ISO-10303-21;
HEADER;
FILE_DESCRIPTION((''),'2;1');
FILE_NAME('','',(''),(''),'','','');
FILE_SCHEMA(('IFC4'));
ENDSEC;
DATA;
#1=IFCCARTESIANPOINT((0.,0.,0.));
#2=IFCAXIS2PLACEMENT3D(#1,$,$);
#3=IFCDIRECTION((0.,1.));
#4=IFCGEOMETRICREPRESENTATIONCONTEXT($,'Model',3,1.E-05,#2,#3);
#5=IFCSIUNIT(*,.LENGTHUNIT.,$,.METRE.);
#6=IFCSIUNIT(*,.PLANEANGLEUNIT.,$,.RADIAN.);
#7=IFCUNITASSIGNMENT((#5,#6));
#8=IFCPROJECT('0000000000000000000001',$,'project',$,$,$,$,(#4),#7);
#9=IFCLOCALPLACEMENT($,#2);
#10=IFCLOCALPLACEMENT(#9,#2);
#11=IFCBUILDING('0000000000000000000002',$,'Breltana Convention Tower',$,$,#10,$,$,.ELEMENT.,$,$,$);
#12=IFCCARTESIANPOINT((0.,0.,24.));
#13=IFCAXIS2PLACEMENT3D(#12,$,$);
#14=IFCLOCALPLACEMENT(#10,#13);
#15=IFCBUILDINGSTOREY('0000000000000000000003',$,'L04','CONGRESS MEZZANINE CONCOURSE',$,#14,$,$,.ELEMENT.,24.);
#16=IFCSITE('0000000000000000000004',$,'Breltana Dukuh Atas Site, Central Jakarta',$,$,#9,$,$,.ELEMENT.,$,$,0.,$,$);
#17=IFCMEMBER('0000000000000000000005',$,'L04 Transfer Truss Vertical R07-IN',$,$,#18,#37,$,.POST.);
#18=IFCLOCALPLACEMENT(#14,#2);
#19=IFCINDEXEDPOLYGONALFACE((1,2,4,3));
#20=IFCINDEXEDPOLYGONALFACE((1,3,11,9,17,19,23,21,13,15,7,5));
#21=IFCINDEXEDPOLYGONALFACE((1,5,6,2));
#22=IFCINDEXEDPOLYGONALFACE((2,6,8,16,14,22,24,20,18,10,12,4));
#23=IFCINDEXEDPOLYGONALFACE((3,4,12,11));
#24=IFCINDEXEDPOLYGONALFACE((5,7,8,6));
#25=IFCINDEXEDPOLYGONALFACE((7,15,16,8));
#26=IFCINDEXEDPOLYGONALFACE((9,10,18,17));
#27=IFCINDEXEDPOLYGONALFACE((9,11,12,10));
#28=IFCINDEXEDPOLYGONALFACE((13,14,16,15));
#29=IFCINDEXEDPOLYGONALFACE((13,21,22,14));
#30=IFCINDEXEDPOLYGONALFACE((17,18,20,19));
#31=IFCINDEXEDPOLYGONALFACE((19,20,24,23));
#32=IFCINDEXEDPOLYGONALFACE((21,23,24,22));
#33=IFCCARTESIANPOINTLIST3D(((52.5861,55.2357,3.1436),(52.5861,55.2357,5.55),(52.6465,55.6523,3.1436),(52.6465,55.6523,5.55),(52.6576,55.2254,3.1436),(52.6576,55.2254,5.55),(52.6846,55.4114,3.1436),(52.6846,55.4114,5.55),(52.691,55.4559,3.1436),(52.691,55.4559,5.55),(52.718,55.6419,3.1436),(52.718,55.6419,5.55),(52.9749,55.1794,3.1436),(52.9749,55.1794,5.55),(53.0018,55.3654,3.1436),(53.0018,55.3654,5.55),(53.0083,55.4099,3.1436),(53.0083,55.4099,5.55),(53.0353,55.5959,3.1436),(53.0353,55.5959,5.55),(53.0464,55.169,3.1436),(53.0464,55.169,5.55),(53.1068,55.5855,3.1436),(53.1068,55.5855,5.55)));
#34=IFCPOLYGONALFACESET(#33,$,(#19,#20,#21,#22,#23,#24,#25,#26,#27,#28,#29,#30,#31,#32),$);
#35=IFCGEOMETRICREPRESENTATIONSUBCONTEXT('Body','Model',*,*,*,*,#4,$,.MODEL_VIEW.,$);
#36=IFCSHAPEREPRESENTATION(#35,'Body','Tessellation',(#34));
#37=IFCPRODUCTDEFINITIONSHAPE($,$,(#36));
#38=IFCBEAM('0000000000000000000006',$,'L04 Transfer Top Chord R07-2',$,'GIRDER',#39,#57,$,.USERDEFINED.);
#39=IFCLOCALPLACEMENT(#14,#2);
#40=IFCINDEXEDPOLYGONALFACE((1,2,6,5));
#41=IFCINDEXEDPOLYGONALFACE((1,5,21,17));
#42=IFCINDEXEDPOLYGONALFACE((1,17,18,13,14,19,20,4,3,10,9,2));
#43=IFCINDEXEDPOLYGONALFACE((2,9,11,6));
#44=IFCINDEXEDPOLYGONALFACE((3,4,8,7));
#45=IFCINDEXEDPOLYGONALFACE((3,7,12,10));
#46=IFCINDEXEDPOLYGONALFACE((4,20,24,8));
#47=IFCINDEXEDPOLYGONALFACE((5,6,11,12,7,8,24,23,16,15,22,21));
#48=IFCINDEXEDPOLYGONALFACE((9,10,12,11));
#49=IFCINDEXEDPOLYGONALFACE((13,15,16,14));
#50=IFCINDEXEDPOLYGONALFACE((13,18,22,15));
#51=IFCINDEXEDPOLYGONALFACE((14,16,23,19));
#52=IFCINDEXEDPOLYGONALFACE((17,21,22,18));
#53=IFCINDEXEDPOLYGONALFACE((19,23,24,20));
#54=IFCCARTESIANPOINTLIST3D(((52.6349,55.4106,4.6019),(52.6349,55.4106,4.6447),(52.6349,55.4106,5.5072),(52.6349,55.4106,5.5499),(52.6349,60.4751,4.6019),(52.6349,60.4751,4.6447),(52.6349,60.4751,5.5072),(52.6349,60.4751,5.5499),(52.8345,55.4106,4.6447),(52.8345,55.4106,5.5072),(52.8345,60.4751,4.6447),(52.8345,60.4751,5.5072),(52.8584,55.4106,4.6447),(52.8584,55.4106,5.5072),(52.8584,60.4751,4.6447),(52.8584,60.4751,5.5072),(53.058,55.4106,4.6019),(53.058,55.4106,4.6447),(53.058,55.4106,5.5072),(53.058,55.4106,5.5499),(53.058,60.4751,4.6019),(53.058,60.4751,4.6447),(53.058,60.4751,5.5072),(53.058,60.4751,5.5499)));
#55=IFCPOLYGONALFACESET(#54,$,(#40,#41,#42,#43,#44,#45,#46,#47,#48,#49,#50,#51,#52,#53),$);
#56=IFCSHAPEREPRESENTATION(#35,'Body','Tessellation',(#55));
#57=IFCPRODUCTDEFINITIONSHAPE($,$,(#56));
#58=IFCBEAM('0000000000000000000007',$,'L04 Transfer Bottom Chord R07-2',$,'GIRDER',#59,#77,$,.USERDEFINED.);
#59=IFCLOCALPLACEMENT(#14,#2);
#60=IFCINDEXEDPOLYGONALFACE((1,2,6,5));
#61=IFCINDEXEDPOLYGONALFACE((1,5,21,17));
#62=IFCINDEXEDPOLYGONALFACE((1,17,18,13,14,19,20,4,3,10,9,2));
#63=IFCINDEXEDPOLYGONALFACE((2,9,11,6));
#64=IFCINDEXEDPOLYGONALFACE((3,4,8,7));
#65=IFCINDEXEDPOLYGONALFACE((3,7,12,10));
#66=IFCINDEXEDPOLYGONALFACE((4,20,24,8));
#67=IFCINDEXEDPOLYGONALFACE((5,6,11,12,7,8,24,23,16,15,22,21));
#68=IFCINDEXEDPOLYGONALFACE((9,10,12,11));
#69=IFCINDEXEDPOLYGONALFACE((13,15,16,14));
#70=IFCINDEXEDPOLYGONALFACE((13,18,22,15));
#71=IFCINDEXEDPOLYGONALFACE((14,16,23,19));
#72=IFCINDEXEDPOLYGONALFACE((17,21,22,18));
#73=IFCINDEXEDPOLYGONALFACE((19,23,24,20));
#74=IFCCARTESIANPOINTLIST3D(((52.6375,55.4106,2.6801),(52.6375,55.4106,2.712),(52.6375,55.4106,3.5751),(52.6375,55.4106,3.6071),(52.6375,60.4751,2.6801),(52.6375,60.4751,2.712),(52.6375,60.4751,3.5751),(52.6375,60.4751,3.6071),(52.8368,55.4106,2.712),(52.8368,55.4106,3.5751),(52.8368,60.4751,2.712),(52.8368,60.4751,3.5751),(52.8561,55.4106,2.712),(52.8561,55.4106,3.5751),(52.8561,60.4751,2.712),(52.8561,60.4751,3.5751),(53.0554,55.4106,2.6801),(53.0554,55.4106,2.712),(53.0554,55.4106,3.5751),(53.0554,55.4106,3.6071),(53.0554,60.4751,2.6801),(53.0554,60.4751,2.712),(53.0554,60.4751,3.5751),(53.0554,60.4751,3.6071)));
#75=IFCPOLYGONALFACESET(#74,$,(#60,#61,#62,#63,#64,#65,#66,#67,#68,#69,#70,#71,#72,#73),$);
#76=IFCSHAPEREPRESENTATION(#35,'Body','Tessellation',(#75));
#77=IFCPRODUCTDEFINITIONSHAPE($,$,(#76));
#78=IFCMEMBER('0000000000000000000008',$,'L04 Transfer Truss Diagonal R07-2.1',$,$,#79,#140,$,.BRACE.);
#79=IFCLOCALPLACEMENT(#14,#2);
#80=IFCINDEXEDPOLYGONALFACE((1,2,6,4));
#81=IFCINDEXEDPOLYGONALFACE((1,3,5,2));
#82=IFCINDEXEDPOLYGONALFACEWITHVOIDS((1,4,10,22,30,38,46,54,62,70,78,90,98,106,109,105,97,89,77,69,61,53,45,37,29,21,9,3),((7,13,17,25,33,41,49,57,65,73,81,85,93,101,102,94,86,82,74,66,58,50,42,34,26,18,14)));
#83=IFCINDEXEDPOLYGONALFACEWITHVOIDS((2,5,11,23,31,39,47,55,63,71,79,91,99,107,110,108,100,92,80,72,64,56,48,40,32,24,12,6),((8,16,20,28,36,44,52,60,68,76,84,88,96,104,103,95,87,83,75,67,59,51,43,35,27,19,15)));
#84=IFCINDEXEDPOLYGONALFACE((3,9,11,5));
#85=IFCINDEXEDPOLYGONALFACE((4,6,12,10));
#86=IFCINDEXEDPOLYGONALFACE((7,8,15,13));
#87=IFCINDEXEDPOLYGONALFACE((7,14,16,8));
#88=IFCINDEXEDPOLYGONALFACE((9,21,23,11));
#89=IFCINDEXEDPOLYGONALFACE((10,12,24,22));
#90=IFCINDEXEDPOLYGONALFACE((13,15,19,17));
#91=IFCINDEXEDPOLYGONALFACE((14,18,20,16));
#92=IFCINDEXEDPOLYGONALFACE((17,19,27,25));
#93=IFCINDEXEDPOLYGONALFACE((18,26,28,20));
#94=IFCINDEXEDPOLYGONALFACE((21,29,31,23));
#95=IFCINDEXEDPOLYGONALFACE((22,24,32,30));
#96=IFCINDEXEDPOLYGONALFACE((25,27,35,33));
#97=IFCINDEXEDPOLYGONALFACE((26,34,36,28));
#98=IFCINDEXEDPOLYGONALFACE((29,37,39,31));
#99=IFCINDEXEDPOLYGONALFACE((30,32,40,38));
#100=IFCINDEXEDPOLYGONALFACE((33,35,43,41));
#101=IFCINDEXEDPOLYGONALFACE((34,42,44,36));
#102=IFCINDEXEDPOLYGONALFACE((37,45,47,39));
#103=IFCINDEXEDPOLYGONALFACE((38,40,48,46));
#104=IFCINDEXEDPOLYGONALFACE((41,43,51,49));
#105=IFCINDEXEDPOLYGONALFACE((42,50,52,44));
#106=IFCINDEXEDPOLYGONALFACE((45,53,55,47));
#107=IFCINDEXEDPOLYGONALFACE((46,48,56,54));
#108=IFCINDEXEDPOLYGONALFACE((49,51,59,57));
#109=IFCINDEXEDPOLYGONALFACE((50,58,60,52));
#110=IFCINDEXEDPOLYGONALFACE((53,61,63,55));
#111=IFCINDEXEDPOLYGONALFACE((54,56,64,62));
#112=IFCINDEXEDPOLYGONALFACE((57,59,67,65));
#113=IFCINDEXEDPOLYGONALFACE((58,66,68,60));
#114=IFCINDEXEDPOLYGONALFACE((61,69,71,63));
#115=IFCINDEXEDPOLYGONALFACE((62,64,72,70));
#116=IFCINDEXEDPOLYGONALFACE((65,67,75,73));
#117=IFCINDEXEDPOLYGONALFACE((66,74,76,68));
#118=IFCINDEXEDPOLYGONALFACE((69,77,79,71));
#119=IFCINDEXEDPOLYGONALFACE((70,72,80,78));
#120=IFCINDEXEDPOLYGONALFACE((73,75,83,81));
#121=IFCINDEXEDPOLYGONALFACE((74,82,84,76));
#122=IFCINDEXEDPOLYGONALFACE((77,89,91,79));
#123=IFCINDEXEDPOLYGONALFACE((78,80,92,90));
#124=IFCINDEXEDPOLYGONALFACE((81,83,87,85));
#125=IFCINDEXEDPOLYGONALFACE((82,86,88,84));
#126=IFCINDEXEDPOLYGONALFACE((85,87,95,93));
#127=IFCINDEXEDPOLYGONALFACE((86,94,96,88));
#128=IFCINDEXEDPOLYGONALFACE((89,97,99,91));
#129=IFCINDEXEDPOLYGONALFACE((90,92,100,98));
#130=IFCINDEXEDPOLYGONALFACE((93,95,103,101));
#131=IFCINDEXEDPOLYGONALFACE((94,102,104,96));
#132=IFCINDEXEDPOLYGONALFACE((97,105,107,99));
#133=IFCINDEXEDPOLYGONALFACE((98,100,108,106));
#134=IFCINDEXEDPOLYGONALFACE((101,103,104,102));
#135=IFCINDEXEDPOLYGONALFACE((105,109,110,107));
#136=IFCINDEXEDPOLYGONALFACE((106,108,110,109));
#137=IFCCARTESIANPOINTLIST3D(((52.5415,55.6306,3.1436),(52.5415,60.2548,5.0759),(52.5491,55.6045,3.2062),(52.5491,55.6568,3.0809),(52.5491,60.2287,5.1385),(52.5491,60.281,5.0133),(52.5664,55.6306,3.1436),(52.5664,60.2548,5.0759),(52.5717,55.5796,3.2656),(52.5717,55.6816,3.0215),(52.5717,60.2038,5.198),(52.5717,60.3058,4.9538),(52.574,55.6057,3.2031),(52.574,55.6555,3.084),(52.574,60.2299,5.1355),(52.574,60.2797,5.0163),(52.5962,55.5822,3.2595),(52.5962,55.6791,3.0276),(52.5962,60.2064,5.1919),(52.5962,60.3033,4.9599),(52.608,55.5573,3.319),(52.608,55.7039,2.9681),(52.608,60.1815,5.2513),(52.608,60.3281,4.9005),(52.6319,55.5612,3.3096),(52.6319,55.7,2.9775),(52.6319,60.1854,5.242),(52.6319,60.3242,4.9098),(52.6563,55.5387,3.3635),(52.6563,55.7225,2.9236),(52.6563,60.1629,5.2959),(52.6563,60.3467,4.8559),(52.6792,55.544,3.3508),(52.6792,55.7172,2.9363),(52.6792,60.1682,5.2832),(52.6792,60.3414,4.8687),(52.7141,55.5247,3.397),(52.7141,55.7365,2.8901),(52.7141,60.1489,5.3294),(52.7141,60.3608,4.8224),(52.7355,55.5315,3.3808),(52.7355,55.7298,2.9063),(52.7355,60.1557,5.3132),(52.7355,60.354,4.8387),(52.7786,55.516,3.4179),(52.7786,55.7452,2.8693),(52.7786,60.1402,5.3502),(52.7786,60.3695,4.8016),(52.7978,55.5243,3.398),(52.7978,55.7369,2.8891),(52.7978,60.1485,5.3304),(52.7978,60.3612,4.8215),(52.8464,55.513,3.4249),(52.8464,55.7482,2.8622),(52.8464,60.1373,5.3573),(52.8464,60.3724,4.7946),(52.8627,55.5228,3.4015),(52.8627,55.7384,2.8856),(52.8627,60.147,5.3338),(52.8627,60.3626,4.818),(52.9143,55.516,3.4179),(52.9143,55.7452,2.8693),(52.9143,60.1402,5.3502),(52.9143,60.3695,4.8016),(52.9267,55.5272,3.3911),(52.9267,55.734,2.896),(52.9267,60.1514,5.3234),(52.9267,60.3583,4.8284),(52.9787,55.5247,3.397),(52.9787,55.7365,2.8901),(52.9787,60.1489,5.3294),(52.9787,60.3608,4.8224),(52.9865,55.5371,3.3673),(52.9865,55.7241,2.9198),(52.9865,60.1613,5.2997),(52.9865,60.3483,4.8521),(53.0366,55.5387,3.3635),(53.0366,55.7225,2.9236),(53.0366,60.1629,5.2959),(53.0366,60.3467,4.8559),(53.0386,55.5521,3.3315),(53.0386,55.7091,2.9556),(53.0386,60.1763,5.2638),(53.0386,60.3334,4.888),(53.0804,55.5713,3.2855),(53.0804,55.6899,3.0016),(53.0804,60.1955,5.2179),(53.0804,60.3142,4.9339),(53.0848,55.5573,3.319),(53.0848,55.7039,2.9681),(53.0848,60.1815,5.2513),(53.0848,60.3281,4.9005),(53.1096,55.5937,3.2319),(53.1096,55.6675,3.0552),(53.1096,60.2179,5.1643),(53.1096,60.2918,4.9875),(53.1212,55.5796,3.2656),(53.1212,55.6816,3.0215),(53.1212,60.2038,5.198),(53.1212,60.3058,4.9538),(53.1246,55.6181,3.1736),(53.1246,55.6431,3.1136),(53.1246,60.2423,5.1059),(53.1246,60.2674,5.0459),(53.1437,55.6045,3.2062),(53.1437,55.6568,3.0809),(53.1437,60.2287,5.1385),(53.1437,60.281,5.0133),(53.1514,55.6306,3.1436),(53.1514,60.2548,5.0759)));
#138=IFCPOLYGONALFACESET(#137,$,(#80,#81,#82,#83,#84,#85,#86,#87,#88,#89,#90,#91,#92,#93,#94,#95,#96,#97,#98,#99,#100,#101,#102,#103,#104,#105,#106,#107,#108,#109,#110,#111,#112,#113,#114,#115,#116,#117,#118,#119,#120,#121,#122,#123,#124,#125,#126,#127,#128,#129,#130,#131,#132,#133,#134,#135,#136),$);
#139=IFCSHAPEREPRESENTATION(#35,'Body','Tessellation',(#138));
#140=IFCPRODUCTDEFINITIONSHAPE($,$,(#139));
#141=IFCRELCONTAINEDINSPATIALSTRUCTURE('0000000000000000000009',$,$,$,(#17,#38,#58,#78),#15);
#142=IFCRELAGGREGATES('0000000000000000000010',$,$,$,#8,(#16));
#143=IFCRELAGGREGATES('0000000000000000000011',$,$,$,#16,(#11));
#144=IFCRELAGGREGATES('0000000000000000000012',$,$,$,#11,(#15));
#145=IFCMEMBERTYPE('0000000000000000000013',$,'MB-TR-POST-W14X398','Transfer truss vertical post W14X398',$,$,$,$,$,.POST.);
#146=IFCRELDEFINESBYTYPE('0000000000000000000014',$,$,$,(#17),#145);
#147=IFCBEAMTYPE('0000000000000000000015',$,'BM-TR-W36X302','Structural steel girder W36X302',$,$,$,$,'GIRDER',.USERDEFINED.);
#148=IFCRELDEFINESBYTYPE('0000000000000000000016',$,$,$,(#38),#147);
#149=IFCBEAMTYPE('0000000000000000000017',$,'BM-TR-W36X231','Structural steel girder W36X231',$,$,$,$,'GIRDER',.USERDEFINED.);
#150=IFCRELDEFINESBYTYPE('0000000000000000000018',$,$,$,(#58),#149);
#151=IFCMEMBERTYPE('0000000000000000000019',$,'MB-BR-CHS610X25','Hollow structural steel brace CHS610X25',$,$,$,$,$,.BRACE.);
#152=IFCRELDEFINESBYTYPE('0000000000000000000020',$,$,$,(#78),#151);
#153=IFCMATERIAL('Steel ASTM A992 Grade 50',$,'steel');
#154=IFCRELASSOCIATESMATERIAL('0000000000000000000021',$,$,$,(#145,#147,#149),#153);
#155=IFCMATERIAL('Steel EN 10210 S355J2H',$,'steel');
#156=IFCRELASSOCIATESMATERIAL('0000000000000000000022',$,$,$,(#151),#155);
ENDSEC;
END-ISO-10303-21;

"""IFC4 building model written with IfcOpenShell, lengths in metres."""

from ifc_helpers import new_model, si_unit, direction, frame, origin, origin_2d, place, context, subcontext, project, spatial, hollow_circle, i_section, extrude, source, transform, mapped, material, material_profile, profile_set, type_object, type_shapes, element, save


model = new_model("IFC4")

# Units and contexts
model_context = context("Model", 3, precision=1e-05, world=origin(), true_north=direction((0.0, 1.0)))
body_context = subcontext(model_context, "Body", "Model", "MODEL_VIEW")
ifc_project = project(units=[si_unit("LENGTHUNIT", "METRE"), si_unit("PLANEANGLEUNIT", "RADIAN")], contexts=[model_context])

# Site, building, storey
site_placement = place(None, origin())
site = spatial("IfcSite", under=ifc_project, at=site_placement, Name="Breltana Dukuh Atas Site, Central Jakarta", CompositionType="ELEMENT", RefElevation=0.0)
building_placement = place(site_placement, origin())
building = spatial("IfcBuilding", under=site, at=building_placement, Name="Breltana Convention Tower", CompositionType="ELEMENT")
storey_placement = place(building_placement, frame((0.0, 0.0, 24.0)))
storey = spatial("IfcBuildingStorey", under=building, at=storey_placement, Name="L04", Description="CONGRESS MEZZANINE CONCOURSE", CompositionType="ELEMENT", Elevation=24.0)

# Member
ifc_material_1 = material(Name="Steel ASTM A992 Grade 50", Category="steel")
ifc_material_profile_1 = material_profile(ifc_material_1, i_section(OverallWidth=0.4209, OverallDepth=0.4651, WebThickness=0.0449, FlangeThickness=0.0723, at=origin_2d()), Name="W14X398")
ifc_profile_set_1 = profile_set([ifc_material_profile_1], Name="Steel ASTM A992 Grade 50")
member_type_1 = type_object("IfcMemberType", Name="MB-TR-POST-W14X398", Description="Transfer truss vertical post W14X398", PredefinedType="POST", material=ifc_profile_set_1)
shared_shape_1 = source(origin(), body_context, "Body", "SweptSolid", [
    extrude(i_section(OverallWidth=0.4209, OverallDepth=0.4651, WebThickness=0.0449, FlangeThickness=0.0723, at=origin_2d()), origin(), (0.0, 0.0, 1.0), 2.4065),
])
type_shapes(member_type_1, [shared_shape_1])
member_1_placement = place(storey_placement, frame((52.8464, 55.4106, 3.1436), z_axis=(0.0, 0.0, 1.0), x_axis=(0.143493, 0.989651, 0.0)))
element("IfcMember", 1, at=member_1_placement, inside=storey, type_object=member_type_1, Name="L04 Transfer Truss Vertical R07-IN", PredefinedType="POST", context=body_context, shape_type="MappedRepresentation", body=[
    mapped(shared_shape_1, transform((0.0, 0.0, 0.0), scale=1.0)),
])

# Beams
ifc_material_profile_2 = material_profile(ifc_material_1, i_section(OverallWidth=0.4231, OverallDepth=0.948, WebThickness=0.0239, FlangeThickness=0.0427, at=origin_2d()), Name="W36X302")
ifc_profile_set_2 = profile_set([ifc_material_profile_2], Name="Steel ASTM A992 Grade 50")
beam_type_1 = type_object("IfcBeamType", Name="BM-TR-W36X302", Description="Structural steel girder W36X302", ElementType="GIRDER", PredefinedType="USERDEFINED", material=ifc_profile_set_2)
shared_shape_2 = source(origin(), body_context, "Body", "SweptSolid", [
    extrude(i_section(OverallWidth=0.4231, OverallDepth=0.948, WebThickness=0.0239, FlangeThickness=0.0427, at=origin_2d()), origin(), (0.0, 0.0, 1.0), 5.0645),
])
beam_1_placement = place(storey_placement, frame((52.8464, 55.4106, 5.0759), z_axis=(0.0, 1.0, 0.0), x_axis=(-1.0, 0.0, 0.0)))
element("IfcBeam", 2, at=beam_1_placement, inside=storey, type_object=beam_type_1, Name="L04 Transfer Top Chord R07-2", ObjectType="GIRDER", PredefinedType="USERDEFINED", context=body_context, shape_type="MappedRepresentation", body=[
    mapped(shared_shape_2, transform((0.0, 0.0, 0.0), scale=1.0)),
])
ifc_material_profile_3 = material_profile(ifc_material_1, i_section(OverallWidth=0.418, OverallDepth=0.927, WebThickness=0.0193, FlangeThickness=0.032, at=origin_2d()), Name="W36X231")
ifc_profile_set_3 = profile_set([ifc_material_profile_3], Name="Steel ASTM A992 Grade 50")
beam_type_2 = type_object("IfcBeamType", Name="BM-TR-W36X231", Description="Structural steel girder W36X231", ElementType="GIRDER", PredefinedType="USERDEFINED", material=ifc_profile_set_3)
shared_shape_3 = source(origin(), body_context, "Body", "SweptSolid", [
    extrude(i_section(OverallWidth=0.418, OverallDepth=0.927, WebThickness=0.0193, FlangeThickness=0.032, at=origin_2d()), origin(), (0.0, 0.0, 1.0), 5.0645),
])
beam_2_placement = place(storey_placement, frame((52.8464, 55.4106, 3.1436), z_axis=(0.0, 1.0, 0.0), x_axis=(-1.0, 0.0, 0.0)))
element("IfcBeam", 3, at=beam_2_placement, inside=storey, type_object=beam_type_2, Name="L04 Transfer Bottom Chord R07-2", ObjectType="GIRDER", PredefinedType="USERDEFINED", context=body_context, shape_type="MappedRepresentation", body=[
    mapped(shared_shape_3, transform((0.0, 0.0, 0.0), scale=1.0)),
])

# Member
ifc_material_2 = material(Name="Steel EN 10210 S355J2H", Category="steel")
ifc_material_profile_4 = material_profile(ifc_material_2, hollow_circle(Radius=0.3049, WallThickness=0.0249, at=origin_2d()), Name="CHS610X25")
ifc_profile_set_4 = profile_set([ifc_material_profile_4], Name="Steel EN 10210 S355J2H")
member_type_2 = type_object("IfcMemberType", Name="MB-BR-CHS610X25", Description="Hollow structural steel brace CHS610X25", PredefinedType="BRACE", material=ifc_profile_set_4)
shared_shape_4 = source(origin(), body_context, "Body", "SweptSolid", [
    extrude(hollow_circle(Radius=0.3049, WallThickness=0.0249, at=origin_2d()), origin(), (0.0, 0.0, 1.0), 5.0117),
])
member_2_placement = place(storey_placement, frame((52.8464, 55.6306, 3.1436), z_axis=(0.0, 0.92268, 0.385566), x_axis=(-1.0, 0.0, 0.0)))
element("IfcMember", 4, at=member_2_placement, inside=storey, type_object=member_type_2, Name="L04 Transfer Truss Diagonal R07-2.1", PredefinedType="BRACE", context=body_context, shape_type="MappedRepresentation", body=[
    mapped(shared_shape_4, transform((0.0, 0.0, 0.0), scale=1.0)),
])

save(model, "model.ifc")
